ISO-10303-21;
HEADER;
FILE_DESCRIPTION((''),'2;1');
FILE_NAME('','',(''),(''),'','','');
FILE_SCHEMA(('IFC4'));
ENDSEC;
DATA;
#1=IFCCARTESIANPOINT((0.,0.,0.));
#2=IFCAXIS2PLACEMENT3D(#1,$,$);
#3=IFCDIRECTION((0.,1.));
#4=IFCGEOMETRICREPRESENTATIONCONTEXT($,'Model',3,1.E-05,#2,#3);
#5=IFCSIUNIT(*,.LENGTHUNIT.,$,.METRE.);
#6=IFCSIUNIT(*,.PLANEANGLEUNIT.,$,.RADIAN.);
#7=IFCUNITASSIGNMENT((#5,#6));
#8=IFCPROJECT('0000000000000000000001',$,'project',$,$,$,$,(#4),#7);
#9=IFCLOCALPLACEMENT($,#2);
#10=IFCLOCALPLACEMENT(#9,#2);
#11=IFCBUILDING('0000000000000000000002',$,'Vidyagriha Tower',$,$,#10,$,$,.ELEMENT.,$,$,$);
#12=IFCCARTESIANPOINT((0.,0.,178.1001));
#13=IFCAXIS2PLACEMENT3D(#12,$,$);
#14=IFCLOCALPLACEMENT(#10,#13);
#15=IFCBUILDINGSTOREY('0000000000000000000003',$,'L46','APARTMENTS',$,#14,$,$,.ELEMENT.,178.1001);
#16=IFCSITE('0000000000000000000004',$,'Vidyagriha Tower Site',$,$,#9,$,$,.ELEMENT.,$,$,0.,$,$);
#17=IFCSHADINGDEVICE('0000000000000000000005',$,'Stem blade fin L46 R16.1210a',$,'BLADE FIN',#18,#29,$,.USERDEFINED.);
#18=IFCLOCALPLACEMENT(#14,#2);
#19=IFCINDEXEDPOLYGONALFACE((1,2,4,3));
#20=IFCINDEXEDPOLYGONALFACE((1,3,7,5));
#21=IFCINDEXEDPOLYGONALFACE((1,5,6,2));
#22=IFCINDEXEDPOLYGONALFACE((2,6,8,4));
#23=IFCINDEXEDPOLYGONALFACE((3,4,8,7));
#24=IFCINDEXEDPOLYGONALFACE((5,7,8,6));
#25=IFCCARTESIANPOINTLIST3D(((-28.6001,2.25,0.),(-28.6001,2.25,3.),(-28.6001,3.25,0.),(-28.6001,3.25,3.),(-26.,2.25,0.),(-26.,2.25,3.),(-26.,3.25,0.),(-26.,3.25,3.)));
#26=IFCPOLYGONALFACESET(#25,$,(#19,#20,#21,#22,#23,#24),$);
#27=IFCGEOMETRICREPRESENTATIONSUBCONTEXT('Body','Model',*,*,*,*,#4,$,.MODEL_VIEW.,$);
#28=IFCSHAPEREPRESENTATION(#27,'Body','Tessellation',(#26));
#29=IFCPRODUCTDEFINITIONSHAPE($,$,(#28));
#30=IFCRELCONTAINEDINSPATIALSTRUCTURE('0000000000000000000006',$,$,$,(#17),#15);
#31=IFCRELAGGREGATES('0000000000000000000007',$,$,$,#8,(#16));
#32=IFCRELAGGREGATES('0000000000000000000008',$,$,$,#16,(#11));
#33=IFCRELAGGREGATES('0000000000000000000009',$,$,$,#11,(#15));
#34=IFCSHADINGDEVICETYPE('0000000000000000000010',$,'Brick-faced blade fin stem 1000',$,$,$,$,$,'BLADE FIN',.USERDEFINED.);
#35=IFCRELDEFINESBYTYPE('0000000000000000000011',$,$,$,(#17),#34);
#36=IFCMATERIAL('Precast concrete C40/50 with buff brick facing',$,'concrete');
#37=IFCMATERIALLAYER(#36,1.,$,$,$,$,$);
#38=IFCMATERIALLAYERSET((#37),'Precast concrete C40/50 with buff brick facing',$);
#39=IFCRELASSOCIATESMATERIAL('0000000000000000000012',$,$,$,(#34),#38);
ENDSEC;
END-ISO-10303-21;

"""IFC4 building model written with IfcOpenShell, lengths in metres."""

from ifc_helpers import new_model, si_unit, direction, frame, origin, place, context, subcontext, project, spatial, polyline, outline, extrude, material, layer, layer_set, type_object, element, save


model = new_model("IFC4")

# Units and contexts
model_context = context("Model", 3, precision=1e-05, world=origin(), true_north=direction((0.0, 1.0)))
body_context = subcontext(model_context, "Body", "Model", "MODEL_VIEW")
ifc_project = project(units=[si_unit("LENGTHUNIT", "METRE"), si_unit("PLANEANGLEUNIT", "RADIAN")], contexts=[model_context])

# Site, building, storey
site_placement = place(None, origin())
site = spatial("IfcSite", under=ifc_project, at=site_placement, Name="Vidyagriha Tower Site", CompositionType="ELEMENT", RefElevation=0.0)
building_placement = place(site_placement, origin())
building = spatial("IfcBuilding", under=site, at=building_placement, Name="Vidyagriha Tower", CompositionType="ELEMENT")
storey_placement = place(building_placement, frame((0.0, 0.0, 178.1001)))
storey = spatial("IfcBuildingStorey", under=building, at=storey_placement, Name="L46", Description="APARTMENTS", CompositionType="ELEMENT", Elevation=178.1001)

# Shading device
ifc_material_1 = material(Name="Precast concrete C40/50 with buff brick facing", Category="concrete")
ifc_layer_1 = layer(ifc_material_1, 1.0)
ifc_layer_set_1 = layer_set([ifc_layer_1], Name="Precast concrete C40/50 with buff brick facing")
shading_device_type_1 = type_object("IfcShadingDeviceType", Name="Brick-faced blade fin stem 1000", ElementType="BLADE FIN", PredefinedType="USERDEFINED", material=ifc_layer_set_1)
shading_device_1_placement = place(storey_placement, frame((-27.3, 3.25, 0.0), z_axis=(0.0, 0.0, 1.0), x_axis=(0.0, -1.0, 0.0)))
element("IfcShadingDevice", 1, at=shading_device_1_placement, inside=storey, type_object=shading_device_type_1, Name="Stem blade fin L46 R16.1210a", ObjectType="BLADE FIN", PredefinedType="USERDEFINED", context=body_context, shape_type="SweptSolid", body=[
    extrude(outline(polyline([(0.0, 0.0), (1.0, 0.0), (1.0, 3.0), (0.0, 3.0), (0.0, 0.0)])), frame((0.0, 1.3, 0.0), z_axis=(0.0, -1.0, 0.0), x_axis=(1.0, 0.0, 0.0)), (0.0, 0.0, 1.0), 2.6001),
])

save(model, "model.ifc")
